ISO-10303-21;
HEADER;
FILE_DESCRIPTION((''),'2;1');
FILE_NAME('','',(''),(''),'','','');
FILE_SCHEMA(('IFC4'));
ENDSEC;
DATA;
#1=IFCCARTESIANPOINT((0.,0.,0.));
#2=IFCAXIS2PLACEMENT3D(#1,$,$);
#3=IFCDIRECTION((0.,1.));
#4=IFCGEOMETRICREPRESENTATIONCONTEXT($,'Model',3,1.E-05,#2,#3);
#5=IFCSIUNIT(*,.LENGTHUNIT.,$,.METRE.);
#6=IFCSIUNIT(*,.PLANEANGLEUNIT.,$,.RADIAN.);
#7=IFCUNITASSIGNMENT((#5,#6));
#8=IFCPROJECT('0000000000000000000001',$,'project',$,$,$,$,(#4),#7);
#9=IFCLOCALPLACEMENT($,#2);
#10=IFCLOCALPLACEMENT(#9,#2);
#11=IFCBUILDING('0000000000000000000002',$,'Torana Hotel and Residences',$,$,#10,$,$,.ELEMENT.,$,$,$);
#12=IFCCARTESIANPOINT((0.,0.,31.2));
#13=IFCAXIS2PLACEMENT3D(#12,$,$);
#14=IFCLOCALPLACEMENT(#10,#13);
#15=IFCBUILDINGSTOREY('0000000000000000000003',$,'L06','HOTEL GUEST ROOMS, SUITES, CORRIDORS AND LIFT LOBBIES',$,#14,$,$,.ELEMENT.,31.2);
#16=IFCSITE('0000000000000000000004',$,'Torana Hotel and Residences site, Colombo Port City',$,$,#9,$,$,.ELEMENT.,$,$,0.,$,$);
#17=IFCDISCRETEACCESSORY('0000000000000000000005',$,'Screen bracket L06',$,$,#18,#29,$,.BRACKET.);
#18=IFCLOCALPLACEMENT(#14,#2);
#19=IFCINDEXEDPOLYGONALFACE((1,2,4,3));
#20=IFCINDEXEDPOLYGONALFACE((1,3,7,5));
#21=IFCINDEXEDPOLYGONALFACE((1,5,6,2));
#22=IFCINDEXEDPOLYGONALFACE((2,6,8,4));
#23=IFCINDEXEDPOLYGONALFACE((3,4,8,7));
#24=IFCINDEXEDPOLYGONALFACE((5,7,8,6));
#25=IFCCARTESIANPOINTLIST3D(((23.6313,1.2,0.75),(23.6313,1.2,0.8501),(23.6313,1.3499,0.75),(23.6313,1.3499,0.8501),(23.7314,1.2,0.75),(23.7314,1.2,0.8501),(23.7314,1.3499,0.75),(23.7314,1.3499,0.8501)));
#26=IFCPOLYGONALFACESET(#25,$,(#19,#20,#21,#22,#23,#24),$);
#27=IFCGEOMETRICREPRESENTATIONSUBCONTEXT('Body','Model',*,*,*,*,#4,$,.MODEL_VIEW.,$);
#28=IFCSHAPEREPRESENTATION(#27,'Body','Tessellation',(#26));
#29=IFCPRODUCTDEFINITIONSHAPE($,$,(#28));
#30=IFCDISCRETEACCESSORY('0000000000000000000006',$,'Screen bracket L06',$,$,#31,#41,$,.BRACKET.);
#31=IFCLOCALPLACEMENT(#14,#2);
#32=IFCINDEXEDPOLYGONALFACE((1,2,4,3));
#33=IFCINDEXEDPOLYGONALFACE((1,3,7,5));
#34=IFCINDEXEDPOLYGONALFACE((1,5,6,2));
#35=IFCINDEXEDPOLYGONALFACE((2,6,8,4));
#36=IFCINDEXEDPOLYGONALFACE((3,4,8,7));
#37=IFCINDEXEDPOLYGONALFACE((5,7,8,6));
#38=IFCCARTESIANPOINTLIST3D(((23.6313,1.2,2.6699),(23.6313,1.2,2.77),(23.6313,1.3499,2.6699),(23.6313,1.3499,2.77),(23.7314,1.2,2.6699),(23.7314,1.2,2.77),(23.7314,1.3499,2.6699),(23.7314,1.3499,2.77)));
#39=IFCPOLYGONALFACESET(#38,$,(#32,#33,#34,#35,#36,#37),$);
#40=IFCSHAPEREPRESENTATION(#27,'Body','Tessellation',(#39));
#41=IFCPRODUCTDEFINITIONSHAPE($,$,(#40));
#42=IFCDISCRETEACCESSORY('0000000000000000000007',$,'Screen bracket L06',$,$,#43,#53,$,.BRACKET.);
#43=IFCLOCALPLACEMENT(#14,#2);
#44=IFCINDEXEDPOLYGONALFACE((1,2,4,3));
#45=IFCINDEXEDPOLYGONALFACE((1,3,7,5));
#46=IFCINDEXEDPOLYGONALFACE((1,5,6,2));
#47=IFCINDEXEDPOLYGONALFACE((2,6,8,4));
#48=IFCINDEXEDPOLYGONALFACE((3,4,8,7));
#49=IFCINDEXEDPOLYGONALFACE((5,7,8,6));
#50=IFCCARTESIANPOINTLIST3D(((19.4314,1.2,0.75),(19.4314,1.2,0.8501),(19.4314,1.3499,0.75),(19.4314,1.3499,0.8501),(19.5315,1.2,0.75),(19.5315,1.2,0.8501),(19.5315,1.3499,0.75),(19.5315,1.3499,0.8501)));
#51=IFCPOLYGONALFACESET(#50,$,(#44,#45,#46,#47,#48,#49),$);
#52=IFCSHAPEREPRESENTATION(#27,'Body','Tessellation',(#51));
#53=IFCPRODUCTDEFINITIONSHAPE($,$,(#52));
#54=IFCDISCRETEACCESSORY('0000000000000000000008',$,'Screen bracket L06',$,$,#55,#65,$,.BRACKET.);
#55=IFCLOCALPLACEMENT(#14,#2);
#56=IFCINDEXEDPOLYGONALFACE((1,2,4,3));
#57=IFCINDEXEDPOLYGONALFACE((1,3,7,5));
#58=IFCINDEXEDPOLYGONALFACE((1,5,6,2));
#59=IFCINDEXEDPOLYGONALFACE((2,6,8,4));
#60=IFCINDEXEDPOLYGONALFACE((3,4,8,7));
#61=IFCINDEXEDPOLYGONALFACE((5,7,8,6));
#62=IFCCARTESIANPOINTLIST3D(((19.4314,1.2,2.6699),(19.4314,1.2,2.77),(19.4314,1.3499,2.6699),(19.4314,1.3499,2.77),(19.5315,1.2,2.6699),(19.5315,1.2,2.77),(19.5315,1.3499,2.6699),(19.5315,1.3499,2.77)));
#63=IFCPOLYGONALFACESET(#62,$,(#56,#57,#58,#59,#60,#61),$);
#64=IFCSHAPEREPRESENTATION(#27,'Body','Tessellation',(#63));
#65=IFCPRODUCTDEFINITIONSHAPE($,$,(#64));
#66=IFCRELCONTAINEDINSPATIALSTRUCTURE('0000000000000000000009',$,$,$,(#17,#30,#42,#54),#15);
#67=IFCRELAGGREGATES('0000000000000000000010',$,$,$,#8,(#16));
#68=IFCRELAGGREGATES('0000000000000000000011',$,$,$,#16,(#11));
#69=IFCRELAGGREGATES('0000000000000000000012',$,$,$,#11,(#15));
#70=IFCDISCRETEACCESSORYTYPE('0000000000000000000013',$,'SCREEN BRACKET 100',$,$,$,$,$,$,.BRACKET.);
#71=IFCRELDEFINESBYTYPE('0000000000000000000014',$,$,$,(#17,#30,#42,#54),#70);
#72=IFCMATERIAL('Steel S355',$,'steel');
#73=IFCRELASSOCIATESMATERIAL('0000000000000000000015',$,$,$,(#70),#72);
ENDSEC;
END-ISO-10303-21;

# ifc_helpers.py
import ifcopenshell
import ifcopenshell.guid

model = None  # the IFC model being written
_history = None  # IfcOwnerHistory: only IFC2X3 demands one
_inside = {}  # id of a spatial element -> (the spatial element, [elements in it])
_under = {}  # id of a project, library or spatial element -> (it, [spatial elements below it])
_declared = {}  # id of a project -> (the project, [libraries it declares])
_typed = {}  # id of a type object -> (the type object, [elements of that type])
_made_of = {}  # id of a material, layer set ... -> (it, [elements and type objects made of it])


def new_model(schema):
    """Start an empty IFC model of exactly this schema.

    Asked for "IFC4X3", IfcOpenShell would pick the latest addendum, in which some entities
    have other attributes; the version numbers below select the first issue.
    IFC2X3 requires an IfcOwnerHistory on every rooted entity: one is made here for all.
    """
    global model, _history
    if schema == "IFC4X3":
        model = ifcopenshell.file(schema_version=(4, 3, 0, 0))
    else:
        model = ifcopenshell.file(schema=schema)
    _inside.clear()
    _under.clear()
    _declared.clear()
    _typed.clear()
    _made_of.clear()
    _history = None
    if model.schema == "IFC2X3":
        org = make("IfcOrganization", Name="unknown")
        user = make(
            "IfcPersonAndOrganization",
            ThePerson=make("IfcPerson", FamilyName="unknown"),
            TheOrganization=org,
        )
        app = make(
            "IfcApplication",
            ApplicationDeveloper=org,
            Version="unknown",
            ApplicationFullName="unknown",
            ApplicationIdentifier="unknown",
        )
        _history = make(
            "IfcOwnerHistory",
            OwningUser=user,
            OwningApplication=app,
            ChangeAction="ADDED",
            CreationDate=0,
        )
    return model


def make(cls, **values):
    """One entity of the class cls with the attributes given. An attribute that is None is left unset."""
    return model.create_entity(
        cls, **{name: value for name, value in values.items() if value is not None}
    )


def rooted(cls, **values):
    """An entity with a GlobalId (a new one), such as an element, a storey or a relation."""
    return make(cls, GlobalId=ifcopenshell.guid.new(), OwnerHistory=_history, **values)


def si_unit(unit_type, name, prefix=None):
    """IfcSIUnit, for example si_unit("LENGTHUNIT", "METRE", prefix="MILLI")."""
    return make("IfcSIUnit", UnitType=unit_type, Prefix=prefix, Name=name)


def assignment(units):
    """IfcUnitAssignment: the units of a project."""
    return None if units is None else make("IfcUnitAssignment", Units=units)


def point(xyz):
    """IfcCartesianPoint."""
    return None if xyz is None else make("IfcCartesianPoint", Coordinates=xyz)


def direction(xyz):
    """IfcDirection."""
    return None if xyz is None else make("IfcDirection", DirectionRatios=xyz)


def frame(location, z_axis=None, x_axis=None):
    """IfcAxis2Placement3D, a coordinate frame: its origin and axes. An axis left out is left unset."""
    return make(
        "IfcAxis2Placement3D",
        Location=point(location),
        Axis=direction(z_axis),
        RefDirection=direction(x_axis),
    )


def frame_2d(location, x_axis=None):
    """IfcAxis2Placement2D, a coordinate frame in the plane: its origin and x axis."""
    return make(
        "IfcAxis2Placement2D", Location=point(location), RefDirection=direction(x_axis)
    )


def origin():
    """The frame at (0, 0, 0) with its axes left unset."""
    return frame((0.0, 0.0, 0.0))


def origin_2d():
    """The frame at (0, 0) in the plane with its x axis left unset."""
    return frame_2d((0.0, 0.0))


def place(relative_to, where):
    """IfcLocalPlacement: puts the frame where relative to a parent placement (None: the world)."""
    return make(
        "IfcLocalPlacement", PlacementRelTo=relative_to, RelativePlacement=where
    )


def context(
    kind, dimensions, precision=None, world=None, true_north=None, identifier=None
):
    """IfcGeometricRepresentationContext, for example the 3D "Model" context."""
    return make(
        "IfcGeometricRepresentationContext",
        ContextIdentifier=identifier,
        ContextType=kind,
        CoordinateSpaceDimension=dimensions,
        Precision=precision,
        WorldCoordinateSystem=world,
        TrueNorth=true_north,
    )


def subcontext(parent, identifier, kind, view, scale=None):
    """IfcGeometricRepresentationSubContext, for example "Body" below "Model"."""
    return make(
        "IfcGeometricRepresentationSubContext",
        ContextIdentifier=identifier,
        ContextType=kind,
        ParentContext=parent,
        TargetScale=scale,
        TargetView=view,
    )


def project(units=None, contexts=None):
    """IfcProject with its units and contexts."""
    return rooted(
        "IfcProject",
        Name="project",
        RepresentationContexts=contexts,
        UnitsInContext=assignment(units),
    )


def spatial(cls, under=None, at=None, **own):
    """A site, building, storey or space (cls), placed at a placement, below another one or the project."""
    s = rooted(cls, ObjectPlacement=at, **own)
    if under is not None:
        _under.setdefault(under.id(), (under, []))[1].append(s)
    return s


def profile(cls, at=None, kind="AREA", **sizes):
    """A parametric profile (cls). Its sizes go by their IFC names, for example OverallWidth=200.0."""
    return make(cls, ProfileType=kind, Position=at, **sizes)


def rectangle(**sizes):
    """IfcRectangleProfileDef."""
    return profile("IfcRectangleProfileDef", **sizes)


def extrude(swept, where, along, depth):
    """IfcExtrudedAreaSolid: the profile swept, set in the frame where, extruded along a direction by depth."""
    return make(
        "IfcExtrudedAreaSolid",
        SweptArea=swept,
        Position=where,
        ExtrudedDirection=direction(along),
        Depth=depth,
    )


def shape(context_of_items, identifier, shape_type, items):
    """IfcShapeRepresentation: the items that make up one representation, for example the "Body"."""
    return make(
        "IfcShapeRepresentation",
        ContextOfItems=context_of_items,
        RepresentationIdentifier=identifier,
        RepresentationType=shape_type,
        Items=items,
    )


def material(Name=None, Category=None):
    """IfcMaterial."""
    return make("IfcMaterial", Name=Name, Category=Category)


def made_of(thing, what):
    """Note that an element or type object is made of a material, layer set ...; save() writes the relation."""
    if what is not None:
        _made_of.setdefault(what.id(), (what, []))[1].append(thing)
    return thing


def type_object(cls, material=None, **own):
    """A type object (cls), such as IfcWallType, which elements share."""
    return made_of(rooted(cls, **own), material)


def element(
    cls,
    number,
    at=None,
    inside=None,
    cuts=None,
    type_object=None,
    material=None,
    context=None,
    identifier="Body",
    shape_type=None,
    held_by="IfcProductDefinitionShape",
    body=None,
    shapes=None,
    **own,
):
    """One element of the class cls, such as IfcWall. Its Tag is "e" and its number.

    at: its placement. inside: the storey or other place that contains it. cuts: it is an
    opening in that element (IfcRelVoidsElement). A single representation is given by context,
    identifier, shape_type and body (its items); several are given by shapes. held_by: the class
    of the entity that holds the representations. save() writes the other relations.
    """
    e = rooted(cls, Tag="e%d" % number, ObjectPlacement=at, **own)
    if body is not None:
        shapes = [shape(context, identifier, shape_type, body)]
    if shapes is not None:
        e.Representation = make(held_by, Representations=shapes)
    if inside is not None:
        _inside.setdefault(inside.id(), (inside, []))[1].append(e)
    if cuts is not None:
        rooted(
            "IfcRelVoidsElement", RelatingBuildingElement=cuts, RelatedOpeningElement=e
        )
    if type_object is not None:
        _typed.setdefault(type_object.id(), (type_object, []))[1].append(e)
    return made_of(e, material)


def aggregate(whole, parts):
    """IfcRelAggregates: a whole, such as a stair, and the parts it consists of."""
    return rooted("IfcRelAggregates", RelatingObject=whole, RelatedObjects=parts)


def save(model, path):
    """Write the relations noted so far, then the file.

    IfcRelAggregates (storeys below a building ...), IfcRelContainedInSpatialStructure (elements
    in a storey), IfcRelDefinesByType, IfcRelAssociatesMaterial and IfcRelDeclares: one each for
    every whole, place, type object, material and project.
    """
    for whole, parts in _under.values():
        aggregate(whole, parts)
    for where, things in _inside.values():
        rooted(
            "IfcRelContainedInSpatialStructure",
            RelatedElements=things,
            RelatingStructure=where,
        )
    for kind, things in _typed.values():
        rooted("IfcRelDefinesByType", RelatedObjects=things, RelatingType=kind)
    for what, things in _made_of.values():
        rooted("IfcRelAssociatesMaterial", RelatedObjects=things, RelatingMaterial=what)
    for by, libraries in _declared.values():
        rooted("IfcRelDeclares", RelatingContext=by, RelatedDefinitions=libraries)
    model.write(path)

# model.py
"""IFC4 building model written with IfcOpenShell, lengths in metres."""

from ifc_helpers import new_model, si_unit, direction, frame, origin, origin_2d, place, context, subcontext, project, spatial, rectangle, extrude, material, type_object, element, save


model = new_model("IFC4")

# Units and contexts
model_context = context("Model", 3, precision=1e-05, world=origin(), true_north=direction((0.0, 1.0)))
body_context = subcontext(model_context, "Body", "Model", "MODEL_VIEW")
ifc_project = project(units=[si_unit("LENGTHUNIT", "METRE"), si_unit("PLANEANGLEUNIT", "RADIAN")], contexts=[model_context])

# Site, building, storey
site_placement = place(None, origin())
site = spatial("IfcSite", under=ifc_project, at=site_placement, Name="Torana Hotel and Residences site, Colombo Port City", CompositionType="ELEMENT", RefElevation=0.0)
building_placement = place(site_placement, origin())
building = spatial("IfcBuilding", under=site, at=building_placement, Name="Torana Hotel and Residences", CompositionType="ELEMENT")
storey_placement = place(building_placement, frame((0.0, 0.0, 31.2)))
storey = spatial("IfcBuildingStorey", under=building, at=storey_placement, Name="L06", Description="HOTEL GUEST ROOMS, SUITES, CORRIDORS AND LIFT LOBBIES", CompositionType="ELEMENT", Elevation=31.2)

# Discrete accessories
ifc_material_1 = material(Name="Steel S355", Category="steel")
discrete_accessory_type = type_object("IfcDiscreteAccessoryType", Name="SCREEN BRACKET 100", PredefinedType="BRACKET", material=ifc_material_1)
for number, where, z_axis, x_axis, name in (
    (1, (23.6814, 1.2749, 0.75), (0.0, 0.0, 1.0), (-1.0, 0.0, 0.0), "Screen bracket L06"),
    (2, (23.6814, 1.2749, 2.6699), (0.0, 0.0, 1.0), (-1.0, 0.0, 0.0), "Screen bracket L06"),
    (3, (19.4814, 1.2749, 0.75), (0.0, 0.0, 1.0), (-1.0, 0.0, 0.0), "Screen bracket L06"),
    (4, (19.4814, 1.2749, 2.6699), (0.0, 0.0, 1.0), (-1.0, 0.0, 0.0), "Screen bracket L06"),
):
    element("IfcDiscreteAccessory", number, at=place(storey_placement, frame(where, z_axis=z_axis, x_axis=x_axis)), inside=storey, type_object=discrete_accessory_type, Name=name, PredefinedType="BRACKET", context=body_context, shape_type="SweptSolid", body=[
        extrude(rectangle(XDim=0.1001, YDim=0.1499, at=origin_2d()), origin(), (0.0, 0.0, 1.0), 0.1001),
    ])

save(model, "model.ifc")
